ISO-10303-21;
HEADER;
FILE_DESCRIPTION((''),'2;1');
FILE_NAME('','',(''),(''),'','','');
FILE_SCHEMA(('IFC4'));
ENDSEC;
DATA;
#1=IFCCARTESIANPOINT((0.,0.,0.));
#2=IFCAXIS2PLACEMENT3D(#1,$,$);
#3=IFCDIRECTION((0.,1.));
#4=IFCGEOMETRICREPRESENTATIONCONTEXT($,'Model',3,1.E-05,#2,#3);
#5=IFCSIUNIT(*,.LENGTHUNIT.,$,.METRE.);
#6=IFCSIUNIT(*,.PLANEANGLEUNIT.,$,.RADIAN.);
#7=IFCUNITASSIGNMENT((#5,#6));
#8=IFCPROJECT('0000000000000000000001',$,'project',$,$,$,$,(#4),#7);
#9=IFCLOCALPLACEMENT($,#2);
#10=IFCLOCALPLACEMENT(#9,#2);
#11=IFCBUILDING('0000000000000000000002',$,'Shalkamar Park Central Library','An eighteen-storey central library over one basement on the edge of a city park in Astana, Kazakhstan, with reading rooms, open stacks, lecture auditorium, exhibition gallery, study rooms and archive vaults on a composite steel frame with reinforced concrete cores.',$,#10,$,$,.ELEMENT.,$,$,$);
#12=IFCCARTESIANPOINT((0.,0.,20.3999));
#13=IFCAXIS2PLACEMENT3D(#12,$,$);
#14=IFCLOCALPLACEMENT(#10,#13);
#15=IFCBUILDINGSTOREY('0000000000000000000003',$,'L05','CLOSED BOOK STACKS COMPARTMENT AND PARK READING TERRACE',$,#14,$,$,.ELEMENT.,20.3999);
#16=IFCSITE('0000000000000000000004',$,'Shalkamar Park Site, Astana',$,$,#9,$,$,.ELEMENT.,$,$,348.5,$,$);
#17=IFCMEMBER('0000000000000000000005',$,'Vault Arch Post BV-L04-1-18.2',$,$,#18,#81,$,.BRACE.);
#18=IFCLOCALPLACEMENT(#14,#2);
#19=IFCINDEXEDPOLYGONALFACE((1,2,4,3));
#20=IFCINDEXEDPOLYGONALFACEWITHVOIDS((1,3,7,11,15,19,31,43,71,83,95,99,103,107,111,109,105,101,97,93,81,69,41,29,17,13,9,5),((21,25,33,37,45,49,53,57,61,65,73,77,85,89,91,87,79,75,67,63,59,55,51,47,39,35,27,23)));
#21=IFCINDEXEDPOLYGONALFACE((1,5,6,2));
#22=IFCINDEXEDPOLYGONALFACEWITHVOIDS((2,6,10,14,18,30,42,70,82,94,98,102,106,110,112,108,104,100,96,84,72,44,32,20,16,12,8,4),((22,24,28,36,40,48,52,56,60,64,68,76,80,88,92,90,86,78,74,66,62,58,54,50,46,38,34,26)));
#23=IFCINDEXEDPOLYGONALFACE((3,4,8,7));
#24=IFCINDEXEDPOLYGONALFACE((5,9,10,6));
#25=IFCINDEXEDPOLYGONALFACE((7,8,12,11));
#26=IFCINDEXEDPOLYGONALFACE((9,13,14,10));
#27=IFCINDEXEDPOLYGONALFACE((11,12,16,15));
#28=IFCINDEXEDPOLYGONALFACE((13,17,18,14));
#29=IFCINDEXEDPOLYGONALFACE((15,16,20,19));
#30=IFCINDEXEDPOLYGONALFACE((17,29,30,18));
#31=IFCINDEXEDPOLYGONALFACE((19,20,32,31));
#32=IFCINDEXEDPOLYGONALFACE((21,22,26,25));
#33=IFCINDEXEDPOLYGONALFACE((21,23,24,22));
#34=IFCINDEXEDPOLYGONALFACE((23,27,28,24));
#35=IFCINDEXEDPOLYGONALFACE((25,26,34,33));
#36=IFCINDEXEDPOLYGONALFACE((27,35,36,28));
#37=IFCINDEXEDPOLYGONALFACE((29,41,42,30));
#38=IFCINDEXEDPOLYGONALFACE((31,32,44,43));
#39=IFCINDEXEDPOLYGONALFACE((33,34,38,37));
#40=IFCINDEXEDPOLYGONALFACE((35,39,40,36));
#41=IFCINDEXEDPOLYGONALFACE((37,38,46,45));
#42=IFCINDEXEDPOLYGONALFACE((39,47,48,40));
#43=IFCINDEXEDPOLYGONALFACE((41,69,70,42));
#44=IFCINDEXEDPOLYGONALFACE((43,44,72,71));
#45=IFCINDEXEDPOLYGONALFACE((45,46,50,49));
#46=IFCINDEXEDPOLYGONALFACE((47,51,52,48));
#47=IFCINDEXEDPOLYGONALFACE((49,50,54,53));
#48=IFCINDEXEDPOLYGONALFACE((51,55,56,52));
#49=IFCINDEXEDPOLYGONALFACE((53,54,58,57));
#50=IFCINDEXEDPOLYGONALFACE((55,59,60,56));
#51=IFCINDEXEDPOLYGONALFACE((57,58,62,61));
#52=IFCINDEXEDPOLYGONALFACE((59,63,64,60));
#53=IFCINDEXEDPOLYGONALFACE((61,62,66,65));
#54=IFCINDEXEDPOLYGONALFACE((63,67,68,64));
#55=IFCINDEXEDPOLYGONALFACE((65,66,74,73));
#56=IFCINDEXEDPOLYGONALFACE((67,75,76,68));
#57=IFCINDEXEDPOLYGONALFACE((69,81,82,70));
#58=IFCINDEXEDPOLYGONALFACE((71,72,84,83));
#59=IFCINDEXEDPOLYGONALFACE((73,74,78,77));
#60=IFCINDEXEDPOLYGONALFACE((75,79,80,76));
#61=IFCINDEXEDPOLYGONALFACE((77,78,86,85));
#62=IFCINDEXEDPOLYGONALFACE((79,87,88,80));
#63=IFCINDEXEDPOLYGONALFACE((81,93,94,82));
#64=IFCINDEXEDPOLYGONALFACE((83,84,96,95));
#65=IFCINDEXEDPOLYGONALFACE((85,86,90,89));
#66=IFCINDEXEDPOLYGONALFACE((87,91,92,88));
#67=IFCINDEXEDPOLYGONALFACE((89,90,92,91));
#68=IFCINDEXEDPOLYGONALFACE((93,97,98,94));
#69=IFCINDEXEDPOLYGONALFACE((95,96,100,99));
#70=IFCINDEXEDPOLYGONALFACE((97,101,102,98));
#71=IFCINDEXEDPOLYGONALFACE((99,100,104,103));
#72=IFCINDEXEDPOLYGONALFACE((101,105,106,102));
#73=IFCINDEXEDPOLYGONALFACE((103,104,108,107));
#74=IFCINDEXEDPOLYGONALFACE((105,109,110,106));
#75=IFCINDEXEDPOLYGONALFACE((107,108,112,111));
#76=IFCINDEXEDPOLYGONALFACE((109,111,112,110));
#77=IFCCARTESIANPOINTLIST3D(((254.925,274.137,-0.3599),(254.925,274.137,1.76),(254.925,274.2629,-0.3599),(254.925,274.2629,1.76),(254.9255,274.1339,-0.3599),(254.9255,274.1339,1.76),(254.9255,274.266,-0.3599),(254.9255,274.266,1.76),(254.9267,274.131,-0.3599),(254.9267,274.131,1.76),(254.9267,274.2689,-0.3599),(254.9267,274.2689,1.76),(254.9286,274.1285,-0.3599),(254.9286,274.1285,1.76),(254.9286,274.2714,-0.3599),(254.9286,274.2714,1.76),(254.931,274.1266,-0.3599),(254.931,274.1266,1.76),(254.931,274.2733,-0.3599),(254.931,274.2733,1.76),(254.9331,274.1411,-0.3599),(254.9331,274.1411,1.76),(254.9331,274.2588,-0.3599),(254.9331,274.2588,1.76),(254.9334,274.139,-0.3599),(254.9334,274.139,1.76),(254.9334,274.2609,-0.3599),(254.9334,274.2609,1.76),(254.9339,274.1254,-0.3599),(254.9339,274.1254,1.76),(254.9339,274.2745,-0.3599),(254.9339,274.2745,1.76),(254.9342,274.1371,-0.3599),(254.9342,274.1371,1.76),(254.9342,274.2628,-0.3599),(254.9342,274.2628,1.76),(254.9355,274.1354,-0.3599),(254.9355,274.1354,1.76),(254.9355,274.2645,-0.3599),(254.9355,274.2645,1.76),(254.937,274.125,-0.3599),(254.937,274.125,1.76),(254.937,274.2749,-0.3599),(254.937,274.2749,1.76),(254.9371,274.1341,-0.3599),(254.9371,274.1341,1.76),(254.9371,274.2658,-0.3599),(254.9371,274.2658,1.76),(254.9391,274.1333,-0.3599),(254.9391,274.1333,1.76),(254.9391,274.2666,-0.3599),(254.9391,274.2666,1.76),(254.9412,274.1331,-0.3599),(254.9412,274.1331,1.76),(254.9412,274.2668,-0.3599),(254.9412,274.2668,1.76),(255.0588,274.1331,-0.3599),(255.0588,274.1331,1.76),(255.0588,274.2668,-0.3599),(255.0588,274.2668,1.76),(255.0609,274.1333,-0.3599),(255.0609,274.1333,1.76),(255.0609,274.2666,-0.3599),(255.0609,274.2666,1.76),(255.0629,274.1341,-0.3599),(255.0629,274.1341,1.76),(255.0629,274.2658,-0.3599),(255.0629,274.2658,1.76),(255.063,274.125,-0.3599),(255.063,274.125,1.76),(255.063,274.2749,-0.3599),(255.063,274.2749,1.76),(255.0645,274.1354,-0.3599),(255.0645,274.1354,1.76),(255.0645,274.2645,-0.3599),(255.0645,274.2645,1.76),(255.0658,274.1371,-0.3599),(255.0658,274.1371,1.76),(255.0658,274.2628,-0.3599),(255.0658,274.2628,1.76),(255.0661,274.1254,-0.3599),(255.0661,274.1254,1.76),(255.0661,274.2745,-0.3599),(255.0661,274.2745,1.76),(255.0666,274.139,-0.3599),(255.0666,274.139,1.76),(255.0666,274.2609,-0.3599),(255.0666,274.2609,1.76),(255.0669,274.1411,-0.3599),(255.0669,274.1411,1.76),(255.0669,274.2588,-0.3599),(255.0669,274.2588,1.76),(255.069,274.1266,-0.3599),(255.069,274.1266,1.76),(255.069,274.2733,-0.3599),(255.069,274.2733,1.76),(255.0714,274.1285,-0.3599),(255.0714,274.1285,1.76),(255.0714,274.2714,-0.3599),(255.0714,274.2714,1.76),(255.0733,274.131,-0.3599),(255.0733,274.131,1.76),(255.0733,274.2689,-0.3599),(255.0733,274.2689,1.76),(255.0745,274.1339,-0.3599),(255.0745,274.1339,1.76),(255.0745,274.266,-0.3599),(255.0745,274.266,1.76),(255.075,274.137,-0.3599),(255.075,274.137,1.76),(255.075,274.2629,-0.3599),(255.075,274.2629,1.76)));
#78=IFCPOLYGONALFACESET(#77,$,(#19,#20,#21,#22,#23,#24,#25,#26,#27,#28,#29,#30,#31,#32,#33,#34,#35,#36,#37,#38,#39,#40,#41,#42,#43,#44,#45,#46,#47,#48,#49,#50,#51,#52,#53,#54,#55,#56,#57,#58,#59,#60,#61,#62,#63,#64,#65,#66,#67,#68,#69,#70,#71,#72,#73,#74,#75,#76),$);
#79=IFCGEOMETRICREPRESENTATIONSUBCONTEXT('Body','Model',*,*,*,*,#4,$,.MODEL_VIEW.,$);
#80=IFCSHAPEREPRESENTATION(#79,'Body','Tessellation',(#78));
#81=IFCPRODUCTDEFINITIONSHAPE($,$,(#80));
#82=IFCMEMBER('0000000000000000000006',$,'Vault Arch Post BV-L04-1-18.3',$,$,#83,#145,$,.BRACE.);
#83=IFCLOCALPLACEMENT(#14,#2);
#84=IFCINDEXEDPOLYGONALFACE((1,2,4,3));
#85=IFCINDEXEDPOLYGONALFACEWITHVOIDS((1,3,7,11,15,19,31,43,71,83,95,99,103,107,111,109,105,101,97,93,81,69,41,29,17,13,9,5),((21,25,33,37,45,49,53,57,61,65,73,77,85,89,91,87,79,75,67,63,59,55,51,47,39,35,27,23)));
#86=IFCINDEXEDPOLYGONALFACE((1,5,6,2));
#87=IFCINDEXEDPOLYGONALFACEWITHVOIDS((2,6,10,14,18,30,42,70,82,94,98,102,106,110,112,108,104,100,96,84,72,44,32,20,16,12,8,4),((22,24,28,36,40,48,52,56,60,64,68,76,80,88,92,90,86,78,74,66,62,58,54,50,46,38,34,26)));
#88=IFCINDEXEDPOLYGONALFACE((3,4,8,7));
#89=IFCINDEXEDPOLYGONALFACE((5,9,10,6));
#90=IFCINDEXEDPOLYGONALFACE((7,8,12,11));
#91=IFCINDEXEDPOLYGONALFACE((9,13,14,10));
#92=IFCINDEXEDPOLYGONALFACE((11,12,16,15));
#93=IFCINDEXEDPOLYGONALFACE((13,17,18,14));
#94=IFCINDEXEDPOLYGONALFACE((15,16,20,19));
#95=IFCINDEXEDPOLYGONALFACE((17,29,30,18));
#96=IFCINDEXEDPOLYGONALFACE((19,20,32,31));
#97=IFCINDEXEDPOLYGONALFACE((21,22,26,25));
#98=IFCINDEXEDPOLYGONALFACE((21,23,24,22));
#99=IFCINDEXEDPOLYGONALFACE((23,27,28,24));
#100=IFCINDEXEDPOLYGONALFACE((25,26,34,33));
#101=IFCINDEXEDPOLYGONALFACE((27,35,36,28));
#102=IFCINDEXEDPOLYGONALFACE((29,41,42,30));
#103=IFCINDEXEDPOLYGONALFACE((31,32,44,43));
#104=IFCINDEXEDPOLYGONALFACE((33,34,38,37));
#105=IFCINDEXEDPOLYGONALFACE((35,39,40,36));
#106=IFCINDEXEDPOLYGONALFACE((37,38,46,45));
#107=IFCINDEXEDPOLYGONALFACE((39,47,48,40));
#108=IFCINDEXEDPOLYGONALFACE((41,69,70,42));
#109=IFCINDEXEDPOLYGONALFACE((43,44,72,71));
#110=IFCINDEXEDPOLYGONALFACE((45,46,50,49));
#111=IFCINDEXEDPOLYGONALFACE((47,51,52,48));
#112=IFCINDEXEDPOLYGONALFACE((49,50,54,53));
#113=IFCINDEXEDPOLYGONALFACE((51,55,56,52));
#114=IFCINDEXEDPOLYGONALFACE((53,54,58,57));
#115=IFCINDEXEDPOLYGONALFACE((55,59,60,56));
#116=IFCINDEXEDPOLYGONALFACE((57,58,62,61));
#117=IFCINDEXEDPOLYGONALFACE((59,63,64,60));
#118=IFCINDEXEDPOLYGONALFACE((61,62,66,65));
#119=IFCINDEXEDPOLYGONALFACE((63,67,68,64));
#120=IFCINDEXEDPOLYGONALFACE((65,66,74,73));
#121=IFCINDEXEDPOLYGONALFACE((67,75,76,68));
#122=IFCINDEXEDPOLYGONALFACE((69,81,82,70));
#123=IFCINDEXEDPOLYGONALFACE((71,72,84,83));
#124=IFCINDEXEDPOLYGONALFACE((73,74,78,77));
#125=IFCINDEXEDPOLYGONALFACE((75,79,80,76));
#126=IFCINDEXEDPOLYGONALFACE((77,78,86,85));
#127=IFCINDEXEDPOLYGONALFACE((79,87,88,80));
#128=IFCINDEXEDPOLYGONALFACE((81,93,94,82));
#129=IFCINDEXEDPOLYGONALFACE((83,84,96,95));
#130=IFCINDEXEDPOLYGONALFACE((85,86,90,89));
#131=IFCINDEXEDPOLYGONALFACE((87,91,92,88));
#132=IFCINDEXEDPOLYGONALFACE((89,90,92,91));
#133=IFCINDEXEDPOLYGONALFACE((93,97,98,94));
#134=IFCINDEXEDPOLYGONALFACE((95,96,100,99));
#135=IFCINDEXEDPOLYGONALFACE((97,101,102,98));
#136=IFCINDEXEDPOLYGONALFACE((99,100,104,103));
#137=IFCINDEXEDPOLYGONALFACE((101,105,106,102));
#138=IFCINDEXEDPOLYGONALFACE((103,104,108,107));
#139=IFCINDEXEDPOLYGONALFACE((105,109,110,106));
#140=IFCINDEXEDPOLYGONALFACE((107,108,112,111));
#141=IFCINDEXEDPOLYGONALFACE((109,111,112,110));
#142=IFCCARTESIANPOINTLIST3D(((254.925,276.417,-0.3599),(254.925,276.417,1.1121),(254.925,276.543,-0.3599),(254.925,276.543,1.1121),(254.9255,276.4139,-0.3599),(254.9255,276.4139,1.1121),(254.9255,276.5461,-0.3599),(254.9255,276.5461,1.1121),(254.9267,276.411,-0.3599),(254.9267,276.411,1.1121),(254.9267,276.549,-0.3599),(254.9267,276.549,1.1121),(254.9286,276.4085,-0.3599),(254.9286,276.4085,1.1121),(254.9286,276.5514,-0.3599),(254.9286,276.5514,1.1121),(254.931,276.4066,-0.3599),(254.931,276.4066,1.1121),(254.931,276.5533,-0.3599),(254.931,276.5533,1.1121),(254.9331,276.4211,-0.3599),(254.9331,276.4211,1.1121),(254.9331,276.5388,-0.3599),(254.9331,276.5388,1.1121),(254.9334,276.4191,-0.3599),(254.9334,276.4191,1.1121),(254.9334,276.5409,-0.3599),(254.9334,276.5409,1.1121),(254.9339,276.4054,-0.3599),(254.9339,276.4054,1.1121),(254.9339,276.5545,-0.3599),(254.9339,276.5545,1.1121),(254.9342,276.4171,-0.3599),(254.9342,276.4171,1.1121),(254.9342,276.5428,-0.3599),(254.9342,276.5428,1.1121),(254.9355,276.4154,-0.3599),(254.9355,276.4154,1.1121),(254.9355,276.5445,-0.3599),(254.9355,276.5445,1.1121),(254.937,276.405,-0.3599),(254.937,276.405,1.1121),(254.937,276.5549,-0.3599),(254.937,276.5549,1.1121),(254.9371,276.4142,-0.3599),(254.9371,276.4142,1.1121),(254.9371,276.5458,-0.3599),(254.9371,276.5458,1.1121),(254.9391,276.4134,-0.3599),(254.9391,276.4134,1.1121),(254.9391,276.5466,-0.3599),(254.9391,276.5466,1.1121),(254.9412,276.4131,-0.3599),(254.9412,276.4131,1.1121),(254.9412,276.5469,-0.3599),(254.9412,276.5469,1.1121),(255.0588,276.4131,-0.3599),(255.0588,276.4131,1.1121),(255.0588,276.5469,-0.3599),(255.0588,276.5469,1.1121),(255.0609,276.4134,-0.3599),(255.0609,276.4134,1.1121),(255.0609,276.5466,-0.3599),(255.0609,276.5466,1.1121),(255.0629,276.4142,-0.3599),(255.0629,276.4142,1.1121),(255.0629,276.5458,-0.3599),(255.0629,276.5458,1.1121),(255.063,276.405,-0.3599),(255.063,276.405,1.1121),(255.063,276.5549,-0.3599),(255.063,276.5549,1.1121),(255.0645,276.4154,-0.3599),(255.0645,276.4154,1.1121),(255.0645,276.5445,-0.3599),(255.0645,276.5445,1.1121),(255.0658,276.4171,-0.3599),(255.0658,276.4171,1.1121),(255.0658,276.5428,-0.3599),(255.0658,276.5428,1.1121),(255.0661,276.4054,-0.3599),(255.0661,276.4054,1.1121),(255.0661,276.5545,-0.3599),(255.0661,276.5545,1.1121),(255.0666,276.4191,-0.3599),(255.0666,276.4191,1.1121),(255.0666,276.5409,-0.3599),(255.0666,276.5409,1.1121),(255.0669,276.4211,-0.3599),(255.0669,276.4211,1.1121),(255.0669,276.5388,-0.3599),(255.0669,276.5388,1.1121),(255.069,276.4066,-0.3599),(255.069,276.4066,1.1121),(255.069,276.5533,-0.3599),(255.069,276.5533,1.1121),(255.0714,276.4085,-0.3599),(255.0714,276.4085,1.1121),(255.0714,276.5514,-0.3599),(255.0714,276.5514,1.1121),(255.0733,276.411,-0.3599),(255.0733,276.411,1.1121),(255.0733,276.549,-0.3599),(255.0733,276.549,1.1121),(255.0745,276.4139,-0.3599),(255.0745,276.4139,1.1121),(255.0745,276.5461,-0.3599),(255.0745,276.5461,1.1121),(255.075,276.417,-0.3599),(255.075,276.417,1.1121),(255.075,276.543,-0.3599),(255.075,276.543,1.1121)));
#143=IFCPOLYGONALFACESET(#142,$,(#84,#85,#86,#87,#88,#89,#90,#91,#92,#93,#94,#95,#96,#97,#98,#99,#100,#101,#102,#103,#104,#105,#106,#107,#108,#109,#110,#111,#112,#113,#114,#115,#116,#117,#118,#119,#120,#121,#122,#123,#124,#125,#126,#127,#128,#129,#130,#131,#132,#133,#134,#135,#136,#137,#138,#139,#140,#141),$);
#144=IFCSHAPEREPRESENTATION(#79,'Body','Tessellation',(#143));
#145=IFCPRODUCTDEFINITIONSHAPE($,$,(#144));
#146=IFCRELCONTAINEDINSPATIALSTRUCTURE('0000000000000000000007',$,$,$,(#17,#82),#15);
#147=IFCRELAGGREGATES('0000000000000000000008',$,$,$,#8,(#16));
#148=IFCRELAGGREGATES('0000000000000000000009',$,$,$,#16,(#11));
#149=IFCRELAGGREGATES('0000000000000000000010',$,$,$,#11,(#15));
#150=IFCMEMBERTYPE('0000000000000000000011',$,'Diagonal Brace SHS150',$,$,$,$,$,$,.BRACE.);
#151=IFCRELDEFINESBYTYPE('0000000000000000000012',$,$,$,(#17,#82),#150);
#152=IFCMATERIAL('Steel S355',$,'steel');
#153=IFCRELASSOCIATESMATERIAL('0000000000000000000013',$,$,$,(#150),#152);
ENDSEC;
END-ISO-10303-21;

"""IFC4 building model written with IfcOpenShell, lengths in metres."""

from ifc_helpers import new_model, si_unit, direction, frame, origin, origin_2d, place, context, subcontext, project, spatial, hollow_rectangle, extrude, material, material_profile, profile_set, type_object, element, save


model = new_model("IFC4")

# Units and contexts
model_context = context("Model", 3, precision=1e-05, world=origin(), true_north=direction((0.0, 1.0)))
body_context = subcontext(model_context, "Body", "Model", "MODEL_VIEW")
ifc_project = project(units=[si_unit("LENGTHUNIT", "METRE"), si_unit("PLANEANGLEUNIT", "RADIAN")], contexts=[model_context])

# Site, building, storey
site_placement = place(None, origin())
site = spatial("IfcSite", under=ifc_project, at=site_placement, Name="Shalkamar Park Site, Astana", CompositionType="ELEMENT", RefElevation=348.5)
building_placement = place(site_placement, origin())
building = spatial("IfcBuilding", under=site, at=building_placement, Name="Shalkamar Park Central Library", Description="An eighteen-storey central library over one basement on the edge of a city park in Astana, Kazakhstan, with reading rooms, open stacks, lecture auditorium, exhibition gallery, study rooms and archive vaults on a composite steel frame with reinforced concrete cores.", CompositionType="ELEMENT")
storey_placement = place(building_placement, frame((0.0, 0.0, 20.3999)))
storey = spatial("IfcBuildingStorey", under=building, at=storey_placement, Name="L05", Description="CLOSED BOOK STACKS COMPARTMENT AND PARK READING TERRACE", CompositionType="ELEMENT", Elevation=20.3999)

# Members
ifc_material = material(Name="Steel S355", Category="steel")
ifc_material_profile_1 = material_profile(ifc_material, hollow_rectangle(XDim=0.1499, YDim=0.1499, WallThickness=0.0081, InnerFilletRadius=0.0081, OuterFilletRadius=0.012, at=origin_2d()), Name="SHS 150x150x8")
ifc_profile_set_1 = profile_set([ifc_material_profile_1], Name="Steel S355")
member_type_1 = type_object("IfcMemberType", Name="Diagonal Brace SHS150", PredefinedType="BRACE", material=ifc_profile_set_1)
member_1_placement = place(storey_placement, frame((255.0, 274.2, -0.3599), z_axis=(0.0, 0.0, 1.0), x_axis=(1.0, 0.0, 0.0)))
element("IfcMember", 1, at=member_1_placement, inside=storey, type_object=member_type_1, Name="Vault Arch Post BV-L04-1-18.2", PredefinedType="BRACE", context=body_context, shape_type="SweptSolid", body=[
    extrude(hollow_rectangle(XDim=0.1499, YDim=0.1499, WallThickness=0.0081, InnerFilletRadius=0.0081, OuterFilletRadius=0.012, at=origin_2d()), origin(), (0.0, 0.0, 1.0), 2.1199),
])
member_2_placement = place(storey_placement, frame((255.0, 276.48, -0.3599), z_axis=(0.0, 0.0, 1.0), x_axis=(1.0, 0.0, 0.0)))
element("IfcMember", 2, at=member_2_placement, inside=storey, type_object=member_type_1, Name="Vault Arch Post BV-L04-1-18.3", PredefinedType="BRACE", context=body_context, shape_type="SweptSolid", body=[
    extrude(hollow_rectangle(XDim=0.1499, YDim=0.1499, WallThickness=0.0081, InnerFilletRadius=0.0081, OuterFilletRadius=0.012, at=origin_2d()), origin(), (0.0, 0.0, 1.0), 1.4719),
])

save(model, "model.ifc")
